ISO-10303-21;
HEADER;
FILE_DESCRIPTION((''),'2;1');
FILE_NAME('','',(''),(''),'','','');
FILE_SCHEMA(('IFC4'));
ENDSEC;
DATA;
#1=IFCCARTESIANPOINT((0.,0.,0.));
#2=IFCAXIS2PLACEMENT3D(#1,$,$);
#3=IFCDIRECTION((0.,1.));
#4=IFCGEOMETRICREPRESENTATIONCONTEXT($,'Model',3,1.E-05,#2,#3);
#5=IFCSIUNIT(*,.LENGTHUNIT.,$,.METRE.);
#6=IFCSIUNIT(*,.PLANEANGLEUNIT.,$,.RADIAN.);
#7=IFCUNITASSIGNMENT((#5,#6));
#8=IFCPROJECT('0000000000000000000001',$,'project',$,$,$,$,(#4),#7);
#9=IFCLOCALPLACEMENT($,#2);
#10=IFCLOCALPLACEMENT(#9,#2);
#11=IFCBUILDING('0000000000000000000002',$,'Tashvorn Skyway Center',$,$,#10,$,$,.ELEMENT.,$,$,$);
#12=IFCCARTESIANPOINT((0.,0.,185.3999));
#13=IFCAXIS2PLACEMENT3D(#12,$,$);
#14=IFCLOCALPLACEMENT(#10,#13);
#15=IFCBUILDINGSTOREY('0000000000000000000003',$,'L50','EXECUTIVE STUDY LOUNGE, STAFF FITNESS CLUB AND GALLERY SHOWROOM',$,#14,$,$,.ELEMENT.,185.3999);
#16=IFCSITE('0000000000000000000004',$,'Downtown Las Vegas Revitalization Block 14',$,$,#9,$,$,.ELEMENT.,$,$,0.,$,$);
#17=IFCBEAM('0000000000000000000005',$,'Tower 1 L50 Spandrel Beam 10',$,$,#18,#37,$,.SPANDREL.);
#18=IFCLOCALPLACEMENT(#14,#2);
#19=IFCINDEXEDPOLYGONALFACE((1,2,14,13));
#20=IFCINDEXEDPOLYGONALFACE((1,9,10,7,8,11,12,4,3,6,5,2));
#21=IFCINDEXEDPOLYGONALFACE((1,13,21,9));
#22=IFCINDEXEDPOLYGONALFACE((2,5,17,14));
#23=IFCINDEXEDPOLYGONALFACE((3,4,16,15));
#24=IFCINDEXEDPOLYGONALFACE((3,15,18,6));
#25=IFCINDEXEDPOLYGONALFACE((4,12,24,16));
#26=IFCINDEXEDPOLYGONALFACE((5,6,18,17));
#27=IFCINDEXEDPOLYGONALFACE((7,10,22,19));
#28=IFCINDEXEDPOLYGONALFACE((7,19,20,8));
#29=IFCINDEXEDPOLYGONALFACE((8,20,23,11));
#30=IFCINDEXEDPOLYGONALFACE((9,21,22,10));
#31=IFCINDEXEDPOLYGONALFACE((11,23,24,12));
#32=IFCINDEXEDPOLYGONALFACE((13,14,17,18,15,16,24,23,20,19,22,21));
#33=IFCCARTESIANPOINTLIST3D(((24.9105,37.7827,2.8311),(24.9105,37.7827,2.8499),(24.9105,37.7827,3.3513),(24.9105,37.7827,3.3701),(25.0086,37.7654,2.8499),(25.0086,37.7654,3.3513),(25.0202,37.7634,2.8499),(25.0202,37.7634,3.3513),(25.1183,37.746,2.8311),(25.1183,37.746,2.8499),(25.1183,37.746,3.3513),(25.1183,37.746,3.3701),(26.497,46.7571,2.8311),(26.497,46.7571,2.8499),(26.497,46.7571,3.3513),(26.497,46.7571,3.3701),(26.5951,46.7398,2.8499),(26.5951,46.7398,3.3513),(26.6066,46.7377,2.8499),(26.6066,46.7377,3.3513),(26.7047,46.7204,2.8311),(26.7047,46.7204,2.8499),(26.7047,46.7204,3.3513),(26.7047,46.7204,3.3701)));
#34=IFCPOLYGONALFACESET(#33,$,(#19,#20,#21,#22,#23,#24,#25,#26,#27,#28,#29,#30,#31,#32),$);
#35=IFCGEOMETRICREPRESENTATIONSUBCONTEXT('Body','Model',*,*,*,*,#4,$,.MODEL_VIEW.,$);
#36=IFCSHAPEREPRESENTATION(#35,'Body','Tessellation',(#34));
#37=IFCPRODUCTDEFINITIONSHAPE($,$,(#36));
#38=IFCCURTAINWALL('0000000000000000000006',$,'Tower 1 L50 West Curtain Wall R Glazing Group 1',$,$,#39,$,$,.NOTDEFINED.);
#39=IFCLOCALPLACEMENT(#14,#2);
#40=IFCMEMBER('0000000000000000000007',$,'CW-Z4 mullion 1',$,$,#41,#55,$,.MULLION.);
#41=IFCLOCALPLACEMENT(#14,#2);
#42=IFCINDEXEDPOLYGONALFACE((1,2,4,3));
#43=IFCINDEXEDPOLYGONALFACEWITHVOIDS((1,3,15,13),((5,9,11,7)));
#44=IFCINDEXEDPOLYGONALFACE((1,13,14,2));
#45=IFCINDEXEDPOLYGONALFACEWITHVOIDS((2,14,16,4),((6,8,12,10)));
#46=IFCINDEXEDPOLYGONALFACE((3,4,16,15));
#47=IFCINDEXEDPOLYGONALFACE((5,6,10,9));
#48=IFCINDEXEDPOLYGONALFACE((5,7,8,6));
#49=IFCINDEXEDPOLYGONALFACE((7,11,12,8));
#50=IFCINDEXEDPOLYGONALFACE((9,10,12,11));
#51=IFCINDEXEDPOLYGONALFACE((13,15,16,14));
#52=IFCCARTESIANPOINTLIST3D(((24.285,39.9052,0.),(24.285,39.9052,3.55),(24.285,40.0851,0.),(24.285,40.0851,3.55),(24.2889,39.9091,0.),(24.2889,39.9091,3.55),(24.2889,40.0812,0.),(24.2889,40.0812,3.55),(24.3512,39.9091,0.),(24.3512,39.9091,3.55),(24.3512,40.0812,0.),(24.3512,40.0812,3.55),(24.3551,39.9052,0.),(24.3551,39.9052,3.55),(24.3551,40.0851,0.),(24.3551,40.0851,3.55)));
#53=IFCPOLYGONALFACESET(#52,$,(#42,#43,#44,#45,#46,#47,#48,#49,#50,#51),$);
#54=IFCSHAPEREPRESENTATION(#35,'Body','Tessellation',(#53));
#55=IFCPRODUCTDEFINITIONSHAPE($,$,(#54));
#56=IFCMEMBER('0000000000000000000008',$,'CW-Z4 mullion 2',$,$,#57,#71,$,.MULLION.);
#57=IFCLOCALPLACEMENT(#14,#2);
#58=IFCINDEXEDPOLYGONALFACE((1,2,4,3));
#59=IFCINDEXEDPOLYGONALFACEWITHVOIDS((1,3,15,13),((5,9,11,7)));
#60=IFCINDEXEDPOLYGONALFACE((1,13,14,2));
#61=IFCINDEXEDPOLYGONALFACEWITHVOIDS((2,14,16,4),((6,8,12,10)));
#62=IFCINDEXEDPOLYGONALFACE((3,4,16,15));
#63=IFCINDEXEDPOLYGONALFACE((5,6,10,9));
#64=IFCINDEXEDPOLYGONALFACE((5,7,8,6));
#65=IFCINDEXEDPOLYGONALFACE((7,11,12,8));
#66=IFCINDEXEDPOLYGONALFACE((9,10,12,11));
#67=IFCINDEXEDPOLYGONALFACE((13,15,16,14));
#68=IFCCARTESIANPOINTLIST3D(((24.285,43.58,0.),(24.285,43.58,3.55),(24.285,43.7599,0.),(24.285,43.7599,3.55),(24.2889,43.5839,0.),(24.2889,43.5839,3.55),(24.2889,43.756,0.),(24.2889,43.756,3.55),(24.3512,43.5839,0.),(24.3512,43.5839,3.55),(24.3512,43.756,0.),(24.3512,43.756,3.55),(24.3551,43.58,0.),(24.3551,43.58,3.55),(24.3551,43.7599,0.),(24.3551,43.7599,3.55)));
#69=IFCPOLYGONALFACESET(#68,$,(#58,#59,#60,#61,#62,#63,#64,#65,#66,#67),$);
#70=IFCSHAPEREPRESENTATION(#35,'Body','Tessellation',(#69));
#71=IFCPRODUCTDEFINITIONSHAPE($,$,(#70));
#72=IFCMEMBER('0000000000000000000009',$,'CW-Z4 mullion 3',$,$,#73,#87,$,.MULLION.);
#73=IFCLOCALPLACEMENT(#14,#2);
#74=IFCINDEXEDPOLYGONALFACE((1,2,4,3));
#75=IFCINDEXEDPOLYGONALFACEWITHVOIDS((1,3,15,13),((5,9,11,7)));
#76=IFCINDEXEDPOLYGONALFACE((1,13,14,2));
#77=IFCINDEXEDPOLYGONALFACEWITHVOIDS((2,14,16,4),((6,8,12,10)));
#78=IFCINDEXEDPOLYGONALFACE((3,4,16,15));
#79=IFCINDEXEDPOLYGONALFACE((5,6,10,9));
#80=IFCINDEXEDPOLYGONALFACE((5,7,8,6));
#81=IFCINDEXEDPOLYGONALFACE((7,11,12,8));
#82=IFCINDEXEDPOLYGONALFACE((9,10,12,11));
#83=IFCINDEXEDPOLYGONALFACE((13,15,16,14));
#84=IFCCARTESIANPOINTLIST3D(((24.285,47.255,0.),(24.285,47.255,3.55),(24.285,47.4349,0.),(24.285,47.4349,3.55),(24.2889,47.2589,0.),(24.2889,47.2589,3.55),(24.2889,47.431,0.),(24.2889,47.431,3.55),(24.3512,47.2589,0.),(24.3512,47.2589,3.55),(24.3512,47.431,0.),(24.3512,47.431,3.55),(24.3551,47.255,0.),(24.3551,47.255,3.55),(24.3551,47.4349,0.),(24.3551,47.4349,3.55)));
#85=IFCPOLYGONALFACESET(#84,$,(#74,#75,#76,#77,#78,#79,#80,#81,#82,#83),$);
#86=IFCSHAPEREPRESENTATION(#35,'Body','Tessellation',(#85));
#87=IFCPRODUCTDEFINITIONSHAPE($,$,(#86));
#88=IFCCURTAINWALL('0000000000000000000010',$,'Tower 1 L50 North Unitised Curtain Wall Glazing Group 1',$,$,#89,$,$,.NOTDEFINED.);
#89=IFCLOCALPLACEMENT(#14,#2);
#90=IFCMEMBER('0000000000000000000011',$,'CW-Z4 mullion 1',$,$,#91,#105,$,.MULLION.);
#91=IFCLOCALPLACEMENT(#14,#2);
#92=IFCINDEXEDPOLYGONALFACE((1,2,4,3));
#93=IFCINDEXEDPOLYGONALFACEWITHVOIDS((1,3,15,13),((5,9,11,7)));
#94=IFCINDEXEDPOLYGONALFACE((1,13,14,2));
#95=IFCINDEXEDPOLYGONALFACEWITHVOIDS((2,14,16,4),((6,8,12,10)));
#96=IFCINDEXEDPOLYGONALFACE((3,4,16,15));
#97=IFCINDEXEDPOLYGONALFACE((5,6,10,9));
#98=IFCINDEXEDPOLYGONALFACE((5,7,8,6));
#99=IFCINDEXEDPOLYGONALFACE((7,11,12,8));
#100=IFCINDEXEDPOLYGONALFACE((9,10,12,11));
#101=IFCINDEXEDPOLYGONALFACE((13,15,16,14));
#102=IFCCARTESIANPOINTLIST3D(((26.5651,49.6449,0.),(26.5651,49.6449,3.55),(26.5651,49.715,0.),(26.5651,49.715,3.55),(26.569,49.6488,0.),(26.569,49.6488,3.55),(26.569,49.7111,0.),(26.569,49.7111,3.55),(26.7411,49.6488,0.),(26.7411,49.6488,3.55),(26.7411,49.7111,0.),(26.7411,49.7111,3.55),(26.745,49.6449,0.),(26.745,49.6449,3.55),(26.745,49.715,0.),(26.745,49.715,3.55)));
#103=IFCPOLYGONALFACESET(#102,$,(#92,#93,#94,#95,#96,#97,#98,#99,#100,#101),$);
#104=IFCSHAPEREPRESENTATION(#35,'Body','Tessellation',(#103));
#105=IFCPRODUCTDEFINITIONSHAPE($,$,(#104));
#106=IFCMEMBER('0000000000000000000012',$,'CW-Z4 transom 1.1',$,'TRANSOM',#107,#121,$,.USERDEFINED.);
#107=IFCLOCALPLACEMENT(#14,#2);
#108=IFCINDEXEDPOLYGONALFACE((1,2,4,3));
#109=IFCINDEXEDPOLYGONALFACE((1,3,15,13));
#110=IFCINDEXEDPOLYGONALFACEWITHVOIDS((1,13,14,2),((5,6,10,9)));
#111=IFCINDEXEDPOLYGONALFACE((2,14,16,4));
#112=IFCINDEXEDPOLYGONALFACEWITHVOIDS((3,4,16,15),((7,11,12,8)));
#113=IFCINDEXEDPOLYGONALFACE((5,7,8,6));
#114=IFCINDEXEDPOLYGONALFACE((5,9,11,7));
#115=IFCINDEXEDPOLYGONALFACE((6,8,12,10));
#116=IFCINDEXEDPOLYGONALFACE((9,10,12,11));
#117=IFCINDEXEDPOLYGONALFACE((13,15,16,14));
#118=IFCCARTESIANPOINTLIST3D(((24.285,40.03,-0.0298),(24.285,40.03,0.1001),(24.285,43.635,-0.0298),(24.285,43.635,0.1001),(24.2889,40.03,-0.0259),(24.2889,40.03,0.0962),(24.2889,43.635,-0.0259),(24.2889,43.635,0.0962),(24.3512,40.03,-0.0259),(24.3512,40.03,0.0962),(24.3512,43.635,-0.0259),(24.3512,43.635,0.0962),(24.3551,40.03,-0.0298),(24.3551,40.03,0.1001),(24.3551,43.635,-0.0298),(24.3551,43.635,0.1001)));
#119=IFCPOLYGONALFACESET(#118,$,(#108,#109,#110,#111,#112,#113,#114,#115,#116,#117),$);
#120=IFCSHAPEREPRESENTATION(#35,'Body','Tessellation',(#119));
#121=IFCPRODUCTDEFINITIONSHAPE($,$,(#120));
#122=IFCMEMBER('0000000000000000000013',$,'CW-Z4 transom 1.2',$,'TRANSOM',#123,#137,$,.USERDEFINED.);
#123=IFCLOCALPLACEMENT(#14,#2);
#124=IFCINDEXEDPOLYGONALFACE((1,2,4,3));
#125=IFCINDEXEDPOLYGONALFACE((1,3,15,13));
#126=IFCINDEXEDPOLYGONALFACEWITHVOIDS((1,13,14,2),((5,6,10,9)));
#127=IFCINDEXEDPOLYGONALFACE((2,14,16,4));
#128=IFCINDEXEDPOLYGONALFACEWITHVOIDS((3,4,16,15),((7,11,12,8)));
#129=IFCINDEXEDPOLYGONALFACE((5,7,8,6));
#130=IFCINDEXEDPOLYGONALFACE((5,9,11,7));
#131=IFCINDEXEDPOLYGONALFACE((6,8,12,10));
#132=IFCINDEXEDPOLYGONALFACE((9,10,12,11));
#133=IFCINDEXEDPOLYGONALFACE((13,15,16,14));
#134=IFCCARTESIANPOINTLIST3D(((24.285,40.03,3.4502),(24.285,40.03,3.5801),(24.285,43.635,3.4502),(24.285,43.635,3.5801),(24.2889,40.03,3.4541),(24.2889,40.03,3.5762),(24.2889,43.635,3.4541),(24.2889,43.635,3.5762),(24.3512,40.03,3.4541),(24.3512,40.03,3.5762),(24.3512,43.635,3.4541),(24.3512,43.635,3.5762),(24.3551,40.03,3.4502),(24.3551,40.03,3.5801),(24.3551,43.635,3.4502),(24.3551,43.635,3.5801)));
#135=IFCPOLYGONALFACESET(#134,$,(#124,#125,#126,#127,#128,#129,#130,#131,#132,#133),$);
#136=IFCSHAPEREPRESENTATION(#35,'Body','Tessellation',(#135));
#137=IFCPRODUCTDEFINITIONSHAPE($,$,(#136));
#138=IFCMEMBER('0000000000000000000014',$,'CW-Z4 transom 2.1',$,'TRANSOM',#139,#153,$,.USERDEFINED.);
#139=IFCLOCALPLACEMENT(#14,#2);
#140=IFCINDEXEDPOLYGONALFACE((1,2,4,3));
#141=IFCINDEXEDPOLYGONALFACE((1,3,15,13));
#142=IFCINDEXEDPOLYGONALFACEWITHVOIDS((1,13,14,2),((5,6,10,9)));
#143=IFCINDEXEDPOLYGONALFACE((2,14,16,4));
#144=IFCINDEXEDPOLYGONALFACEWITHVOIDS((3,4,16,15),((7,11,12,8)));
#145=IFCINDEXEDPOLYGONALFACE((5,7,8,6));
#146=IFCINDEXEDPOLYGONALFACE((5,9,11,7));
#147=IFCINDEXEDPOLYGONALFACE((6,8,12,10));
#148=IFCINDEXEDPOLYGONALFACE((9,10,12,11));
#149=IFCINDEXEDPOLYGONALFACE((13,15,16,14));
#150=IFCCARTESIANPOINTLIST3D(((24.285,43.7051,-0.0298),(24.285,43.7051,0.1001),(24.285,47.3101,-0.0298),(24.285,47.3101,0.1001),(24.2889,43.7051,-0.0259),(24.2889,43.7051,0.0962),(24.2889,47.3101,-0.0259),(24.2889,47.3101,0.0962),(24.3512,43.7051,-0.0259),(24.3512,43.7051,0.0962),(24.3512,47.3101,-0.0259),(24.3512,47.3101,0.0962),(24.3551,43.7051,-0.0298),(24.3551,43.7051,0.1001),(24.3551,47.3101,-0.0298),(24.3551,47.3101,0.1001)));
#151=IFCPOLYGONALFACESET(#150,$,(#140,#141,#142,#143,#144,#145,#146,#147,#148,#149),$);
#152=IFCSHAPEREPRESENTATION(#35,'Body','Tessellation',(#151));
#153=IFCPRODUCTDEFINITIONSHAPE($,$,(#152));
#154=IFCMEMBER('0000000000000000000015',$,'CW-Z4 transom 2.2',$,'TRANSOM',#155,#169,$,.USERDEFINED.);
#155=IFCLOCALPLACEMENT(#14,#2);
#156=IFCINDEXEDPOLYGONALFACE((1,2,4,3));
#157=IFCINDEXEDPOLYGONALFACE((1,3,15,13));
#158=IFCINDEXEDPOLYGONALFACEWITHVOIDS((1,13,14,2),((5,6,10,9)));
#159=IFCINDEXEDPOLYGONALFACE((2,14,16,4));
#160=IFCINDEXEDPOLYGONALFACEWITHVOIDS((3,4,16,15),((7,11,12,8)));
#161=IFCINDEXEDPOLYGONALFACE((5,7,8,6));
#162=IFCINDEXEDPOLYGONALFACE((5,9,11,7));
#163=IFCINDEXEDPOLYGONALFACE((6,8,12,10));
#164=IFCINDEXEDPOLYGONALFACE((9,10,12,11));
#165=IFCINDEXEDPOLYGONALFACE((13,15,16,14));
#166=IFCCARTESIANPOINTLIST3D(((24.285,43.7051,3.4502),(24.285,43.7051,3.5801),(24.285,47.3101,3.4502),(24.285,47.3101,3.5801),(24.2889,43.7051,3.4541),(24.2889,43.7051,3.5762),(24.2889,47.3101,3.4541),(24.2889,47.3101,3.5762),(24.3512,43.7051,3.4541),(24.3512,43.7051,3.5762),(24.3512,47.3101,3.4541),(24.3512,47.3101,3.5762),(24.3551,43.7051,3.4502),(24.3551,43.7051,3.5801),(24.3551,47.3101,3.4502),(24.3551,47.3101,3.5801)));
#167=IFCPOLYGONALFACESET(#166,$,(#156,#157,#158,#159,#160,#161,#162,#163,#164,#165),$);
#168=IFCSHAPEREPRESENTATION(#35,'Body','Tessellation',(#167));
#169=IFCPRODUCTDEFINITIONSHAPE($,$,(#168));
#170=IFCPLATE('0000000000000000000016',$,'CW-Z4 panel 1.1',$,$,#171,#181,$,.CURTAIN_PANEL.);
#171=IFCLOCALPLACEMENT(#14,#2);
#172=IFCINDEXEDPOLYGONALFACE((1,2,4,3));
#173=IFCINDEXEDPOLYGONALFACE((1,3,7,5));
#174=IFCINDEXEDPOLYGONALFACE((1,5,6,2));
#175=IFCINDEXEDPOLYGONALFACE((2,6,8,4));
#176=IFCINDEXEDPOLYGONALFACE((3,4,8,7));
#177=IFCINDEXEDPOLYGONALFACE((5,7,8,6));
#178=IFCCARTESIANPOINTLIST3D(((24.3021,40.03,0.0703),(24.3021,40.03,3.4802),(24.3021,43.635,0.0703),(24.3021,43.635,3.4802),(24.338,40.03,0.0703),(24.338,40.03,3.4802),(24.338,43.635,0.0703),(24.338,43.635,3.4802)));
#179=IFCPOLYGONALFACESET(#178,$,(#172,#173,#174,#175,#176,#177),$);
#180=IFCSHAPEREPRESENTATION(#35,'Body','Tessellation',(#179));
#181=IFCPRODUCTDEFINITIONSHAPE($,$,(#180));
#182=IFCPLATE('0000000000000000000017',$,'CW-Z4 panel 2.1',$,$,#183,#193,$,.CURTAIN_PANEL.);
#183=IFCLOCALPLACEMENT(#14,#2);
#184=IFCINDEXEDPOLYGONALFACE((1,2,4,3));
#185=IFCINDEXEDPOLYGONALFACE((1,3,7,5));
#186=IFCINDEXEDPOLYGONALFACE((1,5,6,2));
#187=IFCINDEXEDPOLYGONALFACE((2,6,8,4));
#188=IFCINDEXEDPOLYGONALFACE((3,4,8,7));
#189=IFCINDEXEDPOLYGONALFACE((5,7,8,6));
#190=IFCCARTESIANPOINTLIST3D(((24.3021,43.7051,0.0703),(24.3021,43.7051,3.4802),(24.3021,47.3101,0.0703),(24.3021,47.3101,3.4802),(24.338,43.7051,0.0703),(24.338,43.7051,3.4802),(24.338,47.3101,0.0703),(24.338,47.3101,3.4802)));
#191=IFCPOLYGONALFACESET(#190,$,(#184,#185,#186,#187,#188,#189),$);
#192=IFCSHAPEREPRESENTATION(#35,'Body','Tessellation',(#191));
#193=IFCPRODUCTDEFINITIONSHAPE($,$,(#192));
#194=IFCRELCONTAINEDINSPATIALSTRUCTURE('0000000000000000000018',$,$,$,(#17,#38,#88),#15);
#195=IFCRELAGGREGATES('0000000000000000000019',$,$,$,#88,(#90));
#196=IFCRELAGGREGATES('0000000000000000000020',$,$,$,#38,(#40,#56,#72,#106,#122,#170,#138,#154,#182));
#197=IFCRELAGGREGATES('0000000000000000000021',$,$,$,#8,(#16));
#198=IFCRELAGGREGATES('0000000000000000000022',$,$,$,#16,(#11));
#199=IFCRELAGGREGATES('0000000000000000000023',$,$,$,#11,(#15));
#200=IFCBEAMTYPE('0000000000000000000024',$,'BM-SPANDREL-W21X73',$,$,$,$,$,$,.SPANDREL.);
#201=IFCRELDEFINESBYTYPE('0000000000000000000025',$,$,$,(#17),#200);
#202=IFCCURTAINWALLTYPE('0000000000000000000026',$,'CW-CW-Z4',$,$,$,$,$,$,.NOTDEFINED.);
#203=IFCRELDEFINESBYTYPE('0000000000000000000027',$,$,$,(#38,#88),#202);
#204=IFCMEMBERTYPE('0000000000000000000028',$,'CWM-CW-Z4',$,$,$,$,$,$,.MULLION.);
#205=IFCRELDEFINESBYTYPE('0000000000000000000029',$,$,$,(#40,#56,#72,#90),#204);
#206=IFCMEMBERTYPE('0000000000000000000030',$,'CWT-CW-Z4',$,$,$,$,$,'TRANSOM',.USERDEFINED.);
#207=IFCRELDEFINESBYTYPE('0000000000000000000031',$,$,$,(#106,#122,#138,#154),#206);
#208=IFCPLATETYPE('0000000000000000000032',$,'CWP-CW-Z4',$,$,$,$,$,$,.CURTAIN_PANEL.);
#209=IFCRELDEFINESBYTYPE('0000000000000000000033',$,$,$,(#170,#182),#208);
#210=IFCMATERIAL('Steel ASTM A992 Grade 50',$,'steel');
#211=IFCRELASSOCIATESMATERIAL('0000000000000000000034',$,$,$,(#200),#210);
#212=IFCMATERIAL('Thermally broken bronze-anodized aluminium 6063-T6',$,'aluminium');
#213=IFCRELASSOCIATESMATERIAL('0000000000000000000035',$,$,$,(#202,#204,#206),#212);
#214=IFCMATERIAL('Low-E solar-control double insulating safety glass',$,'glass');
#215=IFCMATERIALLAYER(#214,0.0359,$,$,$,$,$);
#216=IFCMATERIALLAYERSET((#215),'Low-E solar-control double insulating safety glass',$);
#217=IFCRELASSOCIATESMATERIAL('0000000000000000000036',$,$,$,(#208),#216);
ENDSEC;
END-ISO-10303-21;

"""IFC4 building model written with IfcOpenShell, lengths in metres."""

from ifc_helpers import new_model, si_unit, direction, frame, origin, origin_2d, place, context, subcontext, project, spatial, rectangle, hollow_rectangle, i_section, extrude, material, layer, layer_set, material_profile, profile_set, type_object, element, aggregate, save


model = new_model("IFC4")

# Units and contexts
model_context = context("Model", 3, precision=1e-05, world=origin(), true_north=direction((0.0, 1.0)))
body_context = subcontext(model_context, "Body", "Model", "MODEL_VIEW")
ifc_project = project(units=[si_unit("LENGTHUNIT", "METRE"), si_unit("PLANEANGLEUNIT", "RADIAN")], contexts=[model_context])

# Site, building, storey
site_placement = place(None, origin())
site = spatial("IfcSite", under=ifc_project, at=site_placement, Name="Downtown Las Vegas Revitalization Block 14", CompositionType="ELEMENT", RefElevation=0.0)
building_placement = place(site_placement, origin())
building = spatial("IfcBuilding", under=site, at=building_placement, Name="Tashvorn Skyway Center", CompositionType="ELEMENT")
storey_placement = place(building_placement, frame((0.0, 0.0, 185.3999)))
storey = spatial("IfcBuildingStorey", under=building, at=storey_placement, Name="L50", Description="EXECUTIVE STUDY LOUNGE, STAFF FITNESS CLUB AND GALLERY SHOWROOM", CompositionType="ELEMENT", Elevation=185.3999)

# Beam
ifc_material_1 = material(Name="Steel ASTM A992 Grade 50", Category="steel")
ifc_material_profile_1 = material_profile(ifc_material_1, i_section(OverallWidth=0.2109, OverallDepth=0.5391, WebThickness=0.0117, FlangeThickness=0.0188, at=origin_2d()), Name="W21X73")
ifc_profile_set_1 = profile_set([ifc_material_profile_1], Name="Steel ASTM A992 Grade 50")
beam_type = type_object("IfcBeamType", Name="BM-SPANDREL-W21X73", PredefinedType="SPANDREL", material=ifc_profile_set_1)
beam_placement = place(storey_placement, frame((26.6008, 46.7388, 3.1006), z_axis=(-0.174074, -0.984733, 0.0), x_axis=(0.984733, -0.174074, 0.0)))
element("IfcBeam", 1, at=beam_placement, inside=storey, type_object=beam_type, Name="Tower 1 L50 Spandrel Beam 10", PredefinedType="SPANDREL", context=body_context, shape_type="SweptSolid", body=[
    extrude(i_section(OverallWidth=0.2109, OverallDepth=0.5391, WebThickness=0.0117, FlangeThickness=0.0188, at=origin_2d()), origin(), (0.0, 0.0, 1.0), 9.1135),
])

# Curtain wall, members
ifc_material_2 = material(Name="Thermally broken bronze-anodized aluminium 6063-T6", Category="aluminium")
curtain_wall_type = type_object("IfcCurtainWallType", Name="CW-CW-Z4", PredefinedType="NOTDEFINED", material=ifc_material_2)
curtain_wall_1_placement = place(storey_placement, origin())
curtain_wall_1 = element("IfcCurtainWall", 2, at=curtain_wall_1_placement, inside=storey, type_object=curtain_wall_type, Name="Tower 1 L50 West Curtain Wall R Glazing Group 1", PredefinedType="NOTDEFINED")
ifc_material_profile_2 = material_profile(ifc_material_2, hollow_rectangle(XDim=0.0701, YDim=0.1799, WallThickness=0.0039, at=origin_2d()), Name="ALU-MULL-70x180")
ifc_profile_set_2 = profile_set([ifc_material_profile_2], Name="Thermally broken bronze-anodized aluminium 6063-T6")
member_type_1 = type_object("IfcMemberType", Name="CWM-CW-Z4", PredefinedType="MULLION", material=ifc_profile_set_2)
member_1_placement = place(storey_placement, frame((24.3201, 39.9951, 0.0), z_axis=(0.0, 0.0, 1.0), x_axis=(-1.0, 0.0, 0.0)))
member_1 = element("IfcMember", 3, at=member_1_placement, type_object=member_type_1, Name="CW-Z4 mullion 1", PredefinedType="MULLION", context=body_context, shape_type="SweptSolid", body=[
    extrude(hollow_rectangle(XDim=0.0701, YDim=0.1799, WallThickness=0.0039, at=origin_2d()), origin(), (0.0, 0.0, 1.0), 3.55),
])
member_2_placement = place(storey_placement, frame((24.3201, 43.6699, 0.0), z_axis=(0.0, 0.0, 1.0), x_axis=(-1.0, 0.0, 0.0)))
member_2 = element("IfcMember", 4, at=member_2_placement, type_object=member_type_1, Name="CW-Z4 mullion 2", PredefinedType="MULLION", context=body_context, shape_type="SweptSolid", body=[
    extrude(hollow_rectangle(XDim=0.0701, YDim=0.1799, WallThickness=0.0039, at=origin_2d()), origin(), (0.0, 0.0, 1.0), 3.55),
])
member_3_placement = place(storey_placement, frame((24.3201, 47.345, 0.0), z_axis=(0.0, 0.0, 1.0), x_axis=(-1.0, 0.0, 0.0)))
member_3 = element("IfcMember", 5, at=member_3_placement, type_object=member_type_1, Name="CW-Z4 mullion 3", PredefinedType="MULLION", context=body_context, shape_type="SweptSolid", body=[
    extrude(hollow_rectangle(XDim=0.0701, YDim=0.1799, WallThickness=0.0039, at=origin_2d()), origin(), (0.0, 0.0, 1.0), 3.55),
])

# Curtain wall, member
curtain_wall_2_placement = place(storey_placement, origin())
curtain_wall_2 = element("IfcCurtainWall", 6, at=curtain_wall_2_placement, inside=storey, type_object=curtain_wall_type, Name="Tower 1 L50 North Unitised Curtain Wall Glazing Group 1", PredefinedType="NOTDEFINED")
member_4_placement = place(storey_placement, frame((26.655, 49.6799, 0.0), z_axis=(0.0, 0.0, 1.0), x_axis=(0.0, 1.0, 0.0)))
member_4 = element("IfcMember", 7, at=member_4_placement, type_object=member_type_1, Name="CW-Z4 mullion 1", PredefinedType="MULLION", context=body_context, shape_type="SweptSolid", body=[
    extrude(hollow_rectangle(XDim=0.0701, YDim=0.1799, WallThickness=0.0039, at=origin_2d()), origin(), (0.0, 0.0, 1.0), 3.55),
])
aggregate(curtain_wall_2, [member_4])

# Members
ifc_material_profile_3 = material_profile(ifc_material_2, hollow_rectangle(XDim=0.0701, YDim=0.1299, WallThickness=0.0039, at=origin_2d()), Name="ALU-TRAN-70x130")
ifc_profile_set_3 = profile_set([ifc_material_profile_3], Name="Thermally broken bronze-anodized aluminium 6063-T6")
member_type_2 = type_object("IfcMemberType", Name="CWT-CW-Z4", ElementType="TRANSOM", PredefinedType="USERDEFINED", material=ifc_profile_set_3)
member_5_placement = place(storey_placement, frame((24.3201, 40.03, 0.0352), z_axis=(0.0, 1.0, 0.0), x_axis=(-1.0, 0.0, 0.0)))
member_5 = element("IfcMember", 8, at=member_5_placement, type_object=member_type_2, Name="CW-Z4 transom 1.1", ObjectType="TRANSOM", PredefinedType="USERDEFINED", context=body_context, shape_type="SweptSolid", body=[
    extrude(hollow_rectangle(XDim=0.0701, YDim=0.1299, WallThickness=0.0039, at=origin_2d()), origin(), (0.0, 0.0, 1.0), 3.605),
])
member_6_placement = place(storey_placement, frame((24.3201, 40.03, 3.5151), z_axis=(0.0, 1.0, 0.0), x_axis=(-1.0, 0.0, 0.0)))
member_6 = element("IfcMember", 9, at=member_6_placement, type_object=member_type_2, Name="CW-Z4 transom 1.2", ObjectType="TRANSOM", PredefinedType="USERDEFINED", context=body_context, shape_type="SweptSolid", body=[
    extrude(hollow_rectangle(XDim=0.0701, YDim=0.1299, WallThickness=0.0039, at=origin_2d()), origin(), (0.0, 0.0, 1.0), 3.605),
])
member_7_placement = place(storey_placement, frame((24.3201, 43.7051, 0.0352), z_axis=(0.0, 1.0, 0.0), x_axis=(-1.0, 0.0, 0.0)))
member_7 = element("IfcMember", 10, at=member_7_placement, type_object=member_type_2, Name="CW-Z4 transom 2.1", ObjectType="TRANSOM", PredefinedType="USERDEFINED", context=body_context, shape_type="SweptSolid", body=[
    extrude(hollow_rectangle(XDim=0.0701, YDim=0.1299, WallThickness=0.0039, at=origin_2d()), origin(), (0.0, 0.0, 1.0), 3.605),
])
member_8_placement = place(storey_placement, frame((24.3201, 43.7051, 3.5151), z_axis=(0.0, 1.0, 0.0), x_axis=(-1.0, 0.0, 0.0)))
member_8 = element("IfcMember", 11, at=member_8_placement, type_object=member_type_2, Name="CW-Z4 transom 2.2", ObjectType="TRANSOM", PredefinedType="USERDEFINED", context=body_context, shape_type="SweptSolid", body=[
    extrude(hollow_rectangle(XDim=0.0701, YDim=0.1299, WallThickness=0.0039, at=origin_2d()), origin(), (0.0, 0.0, 1.0), 3.605),
])

# Plates
ifc_material_3 = material(Name="Low-E solar-control double insulating safety glass", Category="glass")
ifc_layer_1 = layer(ifc_material_3, 0.0359)
ifc_layer_set_1 = layer_set([ifc_layer_1], Name="Low-E solar-control double insulating safety glass")
plate_type = type_object("IfcPlateType", Name="CWP-CW-Z4", PredefinedType="CURTAIN_PANEL", material=ifc_layer_set_1)
plate_1_placement = place(storey_placement, frame((24.3201, 41.8325, 0.0703), z_axis=(0.0, 0.0, 1.0), x_axis=(0.0, 1.0, 0.0)))
plate_1 = element("IfcPlate", 12, at=plate_1_placement, type_object=plate_type, Name="CW-Z4 panel 1.1", PredefinedType="CURTAIN_PANEL", context=body_context, shape_type="SweptSolid", body=[
    extrude(rectangle(XDim=3.605, YDim=0.0359, at=origin_2d()), origin(), (0.0, 0.0, 1.0), 3.4099),
])
plate_2_placement = place(storey_placement, frame((24.3201, 45.5076, 0.0703), z_axis=(0.0, 0.0, 1.0), x_axis=(0.0, 1.0, 0.0)))
plate_2 = element("IfcPlate", 13, at=plate_2_placement, type_object=plate_type, Name="CW-Z4 panel 2.1", PredefinedType="CURTAIN_PANEL", context=body_context, shape_type="SweptSolid", body=[
    extrude(rectangle(XDim=3.605, YDim=0.0359, at=origin_2d()), origin(), (0.0, 0.0, 1.0), 3.4099),
])
aggregate(curtain_wall_1, [member_1, member_2, member_3, member_5, member_6, plate_1, member_7, member_8, plate_2])

save(model, "model.ifc")
